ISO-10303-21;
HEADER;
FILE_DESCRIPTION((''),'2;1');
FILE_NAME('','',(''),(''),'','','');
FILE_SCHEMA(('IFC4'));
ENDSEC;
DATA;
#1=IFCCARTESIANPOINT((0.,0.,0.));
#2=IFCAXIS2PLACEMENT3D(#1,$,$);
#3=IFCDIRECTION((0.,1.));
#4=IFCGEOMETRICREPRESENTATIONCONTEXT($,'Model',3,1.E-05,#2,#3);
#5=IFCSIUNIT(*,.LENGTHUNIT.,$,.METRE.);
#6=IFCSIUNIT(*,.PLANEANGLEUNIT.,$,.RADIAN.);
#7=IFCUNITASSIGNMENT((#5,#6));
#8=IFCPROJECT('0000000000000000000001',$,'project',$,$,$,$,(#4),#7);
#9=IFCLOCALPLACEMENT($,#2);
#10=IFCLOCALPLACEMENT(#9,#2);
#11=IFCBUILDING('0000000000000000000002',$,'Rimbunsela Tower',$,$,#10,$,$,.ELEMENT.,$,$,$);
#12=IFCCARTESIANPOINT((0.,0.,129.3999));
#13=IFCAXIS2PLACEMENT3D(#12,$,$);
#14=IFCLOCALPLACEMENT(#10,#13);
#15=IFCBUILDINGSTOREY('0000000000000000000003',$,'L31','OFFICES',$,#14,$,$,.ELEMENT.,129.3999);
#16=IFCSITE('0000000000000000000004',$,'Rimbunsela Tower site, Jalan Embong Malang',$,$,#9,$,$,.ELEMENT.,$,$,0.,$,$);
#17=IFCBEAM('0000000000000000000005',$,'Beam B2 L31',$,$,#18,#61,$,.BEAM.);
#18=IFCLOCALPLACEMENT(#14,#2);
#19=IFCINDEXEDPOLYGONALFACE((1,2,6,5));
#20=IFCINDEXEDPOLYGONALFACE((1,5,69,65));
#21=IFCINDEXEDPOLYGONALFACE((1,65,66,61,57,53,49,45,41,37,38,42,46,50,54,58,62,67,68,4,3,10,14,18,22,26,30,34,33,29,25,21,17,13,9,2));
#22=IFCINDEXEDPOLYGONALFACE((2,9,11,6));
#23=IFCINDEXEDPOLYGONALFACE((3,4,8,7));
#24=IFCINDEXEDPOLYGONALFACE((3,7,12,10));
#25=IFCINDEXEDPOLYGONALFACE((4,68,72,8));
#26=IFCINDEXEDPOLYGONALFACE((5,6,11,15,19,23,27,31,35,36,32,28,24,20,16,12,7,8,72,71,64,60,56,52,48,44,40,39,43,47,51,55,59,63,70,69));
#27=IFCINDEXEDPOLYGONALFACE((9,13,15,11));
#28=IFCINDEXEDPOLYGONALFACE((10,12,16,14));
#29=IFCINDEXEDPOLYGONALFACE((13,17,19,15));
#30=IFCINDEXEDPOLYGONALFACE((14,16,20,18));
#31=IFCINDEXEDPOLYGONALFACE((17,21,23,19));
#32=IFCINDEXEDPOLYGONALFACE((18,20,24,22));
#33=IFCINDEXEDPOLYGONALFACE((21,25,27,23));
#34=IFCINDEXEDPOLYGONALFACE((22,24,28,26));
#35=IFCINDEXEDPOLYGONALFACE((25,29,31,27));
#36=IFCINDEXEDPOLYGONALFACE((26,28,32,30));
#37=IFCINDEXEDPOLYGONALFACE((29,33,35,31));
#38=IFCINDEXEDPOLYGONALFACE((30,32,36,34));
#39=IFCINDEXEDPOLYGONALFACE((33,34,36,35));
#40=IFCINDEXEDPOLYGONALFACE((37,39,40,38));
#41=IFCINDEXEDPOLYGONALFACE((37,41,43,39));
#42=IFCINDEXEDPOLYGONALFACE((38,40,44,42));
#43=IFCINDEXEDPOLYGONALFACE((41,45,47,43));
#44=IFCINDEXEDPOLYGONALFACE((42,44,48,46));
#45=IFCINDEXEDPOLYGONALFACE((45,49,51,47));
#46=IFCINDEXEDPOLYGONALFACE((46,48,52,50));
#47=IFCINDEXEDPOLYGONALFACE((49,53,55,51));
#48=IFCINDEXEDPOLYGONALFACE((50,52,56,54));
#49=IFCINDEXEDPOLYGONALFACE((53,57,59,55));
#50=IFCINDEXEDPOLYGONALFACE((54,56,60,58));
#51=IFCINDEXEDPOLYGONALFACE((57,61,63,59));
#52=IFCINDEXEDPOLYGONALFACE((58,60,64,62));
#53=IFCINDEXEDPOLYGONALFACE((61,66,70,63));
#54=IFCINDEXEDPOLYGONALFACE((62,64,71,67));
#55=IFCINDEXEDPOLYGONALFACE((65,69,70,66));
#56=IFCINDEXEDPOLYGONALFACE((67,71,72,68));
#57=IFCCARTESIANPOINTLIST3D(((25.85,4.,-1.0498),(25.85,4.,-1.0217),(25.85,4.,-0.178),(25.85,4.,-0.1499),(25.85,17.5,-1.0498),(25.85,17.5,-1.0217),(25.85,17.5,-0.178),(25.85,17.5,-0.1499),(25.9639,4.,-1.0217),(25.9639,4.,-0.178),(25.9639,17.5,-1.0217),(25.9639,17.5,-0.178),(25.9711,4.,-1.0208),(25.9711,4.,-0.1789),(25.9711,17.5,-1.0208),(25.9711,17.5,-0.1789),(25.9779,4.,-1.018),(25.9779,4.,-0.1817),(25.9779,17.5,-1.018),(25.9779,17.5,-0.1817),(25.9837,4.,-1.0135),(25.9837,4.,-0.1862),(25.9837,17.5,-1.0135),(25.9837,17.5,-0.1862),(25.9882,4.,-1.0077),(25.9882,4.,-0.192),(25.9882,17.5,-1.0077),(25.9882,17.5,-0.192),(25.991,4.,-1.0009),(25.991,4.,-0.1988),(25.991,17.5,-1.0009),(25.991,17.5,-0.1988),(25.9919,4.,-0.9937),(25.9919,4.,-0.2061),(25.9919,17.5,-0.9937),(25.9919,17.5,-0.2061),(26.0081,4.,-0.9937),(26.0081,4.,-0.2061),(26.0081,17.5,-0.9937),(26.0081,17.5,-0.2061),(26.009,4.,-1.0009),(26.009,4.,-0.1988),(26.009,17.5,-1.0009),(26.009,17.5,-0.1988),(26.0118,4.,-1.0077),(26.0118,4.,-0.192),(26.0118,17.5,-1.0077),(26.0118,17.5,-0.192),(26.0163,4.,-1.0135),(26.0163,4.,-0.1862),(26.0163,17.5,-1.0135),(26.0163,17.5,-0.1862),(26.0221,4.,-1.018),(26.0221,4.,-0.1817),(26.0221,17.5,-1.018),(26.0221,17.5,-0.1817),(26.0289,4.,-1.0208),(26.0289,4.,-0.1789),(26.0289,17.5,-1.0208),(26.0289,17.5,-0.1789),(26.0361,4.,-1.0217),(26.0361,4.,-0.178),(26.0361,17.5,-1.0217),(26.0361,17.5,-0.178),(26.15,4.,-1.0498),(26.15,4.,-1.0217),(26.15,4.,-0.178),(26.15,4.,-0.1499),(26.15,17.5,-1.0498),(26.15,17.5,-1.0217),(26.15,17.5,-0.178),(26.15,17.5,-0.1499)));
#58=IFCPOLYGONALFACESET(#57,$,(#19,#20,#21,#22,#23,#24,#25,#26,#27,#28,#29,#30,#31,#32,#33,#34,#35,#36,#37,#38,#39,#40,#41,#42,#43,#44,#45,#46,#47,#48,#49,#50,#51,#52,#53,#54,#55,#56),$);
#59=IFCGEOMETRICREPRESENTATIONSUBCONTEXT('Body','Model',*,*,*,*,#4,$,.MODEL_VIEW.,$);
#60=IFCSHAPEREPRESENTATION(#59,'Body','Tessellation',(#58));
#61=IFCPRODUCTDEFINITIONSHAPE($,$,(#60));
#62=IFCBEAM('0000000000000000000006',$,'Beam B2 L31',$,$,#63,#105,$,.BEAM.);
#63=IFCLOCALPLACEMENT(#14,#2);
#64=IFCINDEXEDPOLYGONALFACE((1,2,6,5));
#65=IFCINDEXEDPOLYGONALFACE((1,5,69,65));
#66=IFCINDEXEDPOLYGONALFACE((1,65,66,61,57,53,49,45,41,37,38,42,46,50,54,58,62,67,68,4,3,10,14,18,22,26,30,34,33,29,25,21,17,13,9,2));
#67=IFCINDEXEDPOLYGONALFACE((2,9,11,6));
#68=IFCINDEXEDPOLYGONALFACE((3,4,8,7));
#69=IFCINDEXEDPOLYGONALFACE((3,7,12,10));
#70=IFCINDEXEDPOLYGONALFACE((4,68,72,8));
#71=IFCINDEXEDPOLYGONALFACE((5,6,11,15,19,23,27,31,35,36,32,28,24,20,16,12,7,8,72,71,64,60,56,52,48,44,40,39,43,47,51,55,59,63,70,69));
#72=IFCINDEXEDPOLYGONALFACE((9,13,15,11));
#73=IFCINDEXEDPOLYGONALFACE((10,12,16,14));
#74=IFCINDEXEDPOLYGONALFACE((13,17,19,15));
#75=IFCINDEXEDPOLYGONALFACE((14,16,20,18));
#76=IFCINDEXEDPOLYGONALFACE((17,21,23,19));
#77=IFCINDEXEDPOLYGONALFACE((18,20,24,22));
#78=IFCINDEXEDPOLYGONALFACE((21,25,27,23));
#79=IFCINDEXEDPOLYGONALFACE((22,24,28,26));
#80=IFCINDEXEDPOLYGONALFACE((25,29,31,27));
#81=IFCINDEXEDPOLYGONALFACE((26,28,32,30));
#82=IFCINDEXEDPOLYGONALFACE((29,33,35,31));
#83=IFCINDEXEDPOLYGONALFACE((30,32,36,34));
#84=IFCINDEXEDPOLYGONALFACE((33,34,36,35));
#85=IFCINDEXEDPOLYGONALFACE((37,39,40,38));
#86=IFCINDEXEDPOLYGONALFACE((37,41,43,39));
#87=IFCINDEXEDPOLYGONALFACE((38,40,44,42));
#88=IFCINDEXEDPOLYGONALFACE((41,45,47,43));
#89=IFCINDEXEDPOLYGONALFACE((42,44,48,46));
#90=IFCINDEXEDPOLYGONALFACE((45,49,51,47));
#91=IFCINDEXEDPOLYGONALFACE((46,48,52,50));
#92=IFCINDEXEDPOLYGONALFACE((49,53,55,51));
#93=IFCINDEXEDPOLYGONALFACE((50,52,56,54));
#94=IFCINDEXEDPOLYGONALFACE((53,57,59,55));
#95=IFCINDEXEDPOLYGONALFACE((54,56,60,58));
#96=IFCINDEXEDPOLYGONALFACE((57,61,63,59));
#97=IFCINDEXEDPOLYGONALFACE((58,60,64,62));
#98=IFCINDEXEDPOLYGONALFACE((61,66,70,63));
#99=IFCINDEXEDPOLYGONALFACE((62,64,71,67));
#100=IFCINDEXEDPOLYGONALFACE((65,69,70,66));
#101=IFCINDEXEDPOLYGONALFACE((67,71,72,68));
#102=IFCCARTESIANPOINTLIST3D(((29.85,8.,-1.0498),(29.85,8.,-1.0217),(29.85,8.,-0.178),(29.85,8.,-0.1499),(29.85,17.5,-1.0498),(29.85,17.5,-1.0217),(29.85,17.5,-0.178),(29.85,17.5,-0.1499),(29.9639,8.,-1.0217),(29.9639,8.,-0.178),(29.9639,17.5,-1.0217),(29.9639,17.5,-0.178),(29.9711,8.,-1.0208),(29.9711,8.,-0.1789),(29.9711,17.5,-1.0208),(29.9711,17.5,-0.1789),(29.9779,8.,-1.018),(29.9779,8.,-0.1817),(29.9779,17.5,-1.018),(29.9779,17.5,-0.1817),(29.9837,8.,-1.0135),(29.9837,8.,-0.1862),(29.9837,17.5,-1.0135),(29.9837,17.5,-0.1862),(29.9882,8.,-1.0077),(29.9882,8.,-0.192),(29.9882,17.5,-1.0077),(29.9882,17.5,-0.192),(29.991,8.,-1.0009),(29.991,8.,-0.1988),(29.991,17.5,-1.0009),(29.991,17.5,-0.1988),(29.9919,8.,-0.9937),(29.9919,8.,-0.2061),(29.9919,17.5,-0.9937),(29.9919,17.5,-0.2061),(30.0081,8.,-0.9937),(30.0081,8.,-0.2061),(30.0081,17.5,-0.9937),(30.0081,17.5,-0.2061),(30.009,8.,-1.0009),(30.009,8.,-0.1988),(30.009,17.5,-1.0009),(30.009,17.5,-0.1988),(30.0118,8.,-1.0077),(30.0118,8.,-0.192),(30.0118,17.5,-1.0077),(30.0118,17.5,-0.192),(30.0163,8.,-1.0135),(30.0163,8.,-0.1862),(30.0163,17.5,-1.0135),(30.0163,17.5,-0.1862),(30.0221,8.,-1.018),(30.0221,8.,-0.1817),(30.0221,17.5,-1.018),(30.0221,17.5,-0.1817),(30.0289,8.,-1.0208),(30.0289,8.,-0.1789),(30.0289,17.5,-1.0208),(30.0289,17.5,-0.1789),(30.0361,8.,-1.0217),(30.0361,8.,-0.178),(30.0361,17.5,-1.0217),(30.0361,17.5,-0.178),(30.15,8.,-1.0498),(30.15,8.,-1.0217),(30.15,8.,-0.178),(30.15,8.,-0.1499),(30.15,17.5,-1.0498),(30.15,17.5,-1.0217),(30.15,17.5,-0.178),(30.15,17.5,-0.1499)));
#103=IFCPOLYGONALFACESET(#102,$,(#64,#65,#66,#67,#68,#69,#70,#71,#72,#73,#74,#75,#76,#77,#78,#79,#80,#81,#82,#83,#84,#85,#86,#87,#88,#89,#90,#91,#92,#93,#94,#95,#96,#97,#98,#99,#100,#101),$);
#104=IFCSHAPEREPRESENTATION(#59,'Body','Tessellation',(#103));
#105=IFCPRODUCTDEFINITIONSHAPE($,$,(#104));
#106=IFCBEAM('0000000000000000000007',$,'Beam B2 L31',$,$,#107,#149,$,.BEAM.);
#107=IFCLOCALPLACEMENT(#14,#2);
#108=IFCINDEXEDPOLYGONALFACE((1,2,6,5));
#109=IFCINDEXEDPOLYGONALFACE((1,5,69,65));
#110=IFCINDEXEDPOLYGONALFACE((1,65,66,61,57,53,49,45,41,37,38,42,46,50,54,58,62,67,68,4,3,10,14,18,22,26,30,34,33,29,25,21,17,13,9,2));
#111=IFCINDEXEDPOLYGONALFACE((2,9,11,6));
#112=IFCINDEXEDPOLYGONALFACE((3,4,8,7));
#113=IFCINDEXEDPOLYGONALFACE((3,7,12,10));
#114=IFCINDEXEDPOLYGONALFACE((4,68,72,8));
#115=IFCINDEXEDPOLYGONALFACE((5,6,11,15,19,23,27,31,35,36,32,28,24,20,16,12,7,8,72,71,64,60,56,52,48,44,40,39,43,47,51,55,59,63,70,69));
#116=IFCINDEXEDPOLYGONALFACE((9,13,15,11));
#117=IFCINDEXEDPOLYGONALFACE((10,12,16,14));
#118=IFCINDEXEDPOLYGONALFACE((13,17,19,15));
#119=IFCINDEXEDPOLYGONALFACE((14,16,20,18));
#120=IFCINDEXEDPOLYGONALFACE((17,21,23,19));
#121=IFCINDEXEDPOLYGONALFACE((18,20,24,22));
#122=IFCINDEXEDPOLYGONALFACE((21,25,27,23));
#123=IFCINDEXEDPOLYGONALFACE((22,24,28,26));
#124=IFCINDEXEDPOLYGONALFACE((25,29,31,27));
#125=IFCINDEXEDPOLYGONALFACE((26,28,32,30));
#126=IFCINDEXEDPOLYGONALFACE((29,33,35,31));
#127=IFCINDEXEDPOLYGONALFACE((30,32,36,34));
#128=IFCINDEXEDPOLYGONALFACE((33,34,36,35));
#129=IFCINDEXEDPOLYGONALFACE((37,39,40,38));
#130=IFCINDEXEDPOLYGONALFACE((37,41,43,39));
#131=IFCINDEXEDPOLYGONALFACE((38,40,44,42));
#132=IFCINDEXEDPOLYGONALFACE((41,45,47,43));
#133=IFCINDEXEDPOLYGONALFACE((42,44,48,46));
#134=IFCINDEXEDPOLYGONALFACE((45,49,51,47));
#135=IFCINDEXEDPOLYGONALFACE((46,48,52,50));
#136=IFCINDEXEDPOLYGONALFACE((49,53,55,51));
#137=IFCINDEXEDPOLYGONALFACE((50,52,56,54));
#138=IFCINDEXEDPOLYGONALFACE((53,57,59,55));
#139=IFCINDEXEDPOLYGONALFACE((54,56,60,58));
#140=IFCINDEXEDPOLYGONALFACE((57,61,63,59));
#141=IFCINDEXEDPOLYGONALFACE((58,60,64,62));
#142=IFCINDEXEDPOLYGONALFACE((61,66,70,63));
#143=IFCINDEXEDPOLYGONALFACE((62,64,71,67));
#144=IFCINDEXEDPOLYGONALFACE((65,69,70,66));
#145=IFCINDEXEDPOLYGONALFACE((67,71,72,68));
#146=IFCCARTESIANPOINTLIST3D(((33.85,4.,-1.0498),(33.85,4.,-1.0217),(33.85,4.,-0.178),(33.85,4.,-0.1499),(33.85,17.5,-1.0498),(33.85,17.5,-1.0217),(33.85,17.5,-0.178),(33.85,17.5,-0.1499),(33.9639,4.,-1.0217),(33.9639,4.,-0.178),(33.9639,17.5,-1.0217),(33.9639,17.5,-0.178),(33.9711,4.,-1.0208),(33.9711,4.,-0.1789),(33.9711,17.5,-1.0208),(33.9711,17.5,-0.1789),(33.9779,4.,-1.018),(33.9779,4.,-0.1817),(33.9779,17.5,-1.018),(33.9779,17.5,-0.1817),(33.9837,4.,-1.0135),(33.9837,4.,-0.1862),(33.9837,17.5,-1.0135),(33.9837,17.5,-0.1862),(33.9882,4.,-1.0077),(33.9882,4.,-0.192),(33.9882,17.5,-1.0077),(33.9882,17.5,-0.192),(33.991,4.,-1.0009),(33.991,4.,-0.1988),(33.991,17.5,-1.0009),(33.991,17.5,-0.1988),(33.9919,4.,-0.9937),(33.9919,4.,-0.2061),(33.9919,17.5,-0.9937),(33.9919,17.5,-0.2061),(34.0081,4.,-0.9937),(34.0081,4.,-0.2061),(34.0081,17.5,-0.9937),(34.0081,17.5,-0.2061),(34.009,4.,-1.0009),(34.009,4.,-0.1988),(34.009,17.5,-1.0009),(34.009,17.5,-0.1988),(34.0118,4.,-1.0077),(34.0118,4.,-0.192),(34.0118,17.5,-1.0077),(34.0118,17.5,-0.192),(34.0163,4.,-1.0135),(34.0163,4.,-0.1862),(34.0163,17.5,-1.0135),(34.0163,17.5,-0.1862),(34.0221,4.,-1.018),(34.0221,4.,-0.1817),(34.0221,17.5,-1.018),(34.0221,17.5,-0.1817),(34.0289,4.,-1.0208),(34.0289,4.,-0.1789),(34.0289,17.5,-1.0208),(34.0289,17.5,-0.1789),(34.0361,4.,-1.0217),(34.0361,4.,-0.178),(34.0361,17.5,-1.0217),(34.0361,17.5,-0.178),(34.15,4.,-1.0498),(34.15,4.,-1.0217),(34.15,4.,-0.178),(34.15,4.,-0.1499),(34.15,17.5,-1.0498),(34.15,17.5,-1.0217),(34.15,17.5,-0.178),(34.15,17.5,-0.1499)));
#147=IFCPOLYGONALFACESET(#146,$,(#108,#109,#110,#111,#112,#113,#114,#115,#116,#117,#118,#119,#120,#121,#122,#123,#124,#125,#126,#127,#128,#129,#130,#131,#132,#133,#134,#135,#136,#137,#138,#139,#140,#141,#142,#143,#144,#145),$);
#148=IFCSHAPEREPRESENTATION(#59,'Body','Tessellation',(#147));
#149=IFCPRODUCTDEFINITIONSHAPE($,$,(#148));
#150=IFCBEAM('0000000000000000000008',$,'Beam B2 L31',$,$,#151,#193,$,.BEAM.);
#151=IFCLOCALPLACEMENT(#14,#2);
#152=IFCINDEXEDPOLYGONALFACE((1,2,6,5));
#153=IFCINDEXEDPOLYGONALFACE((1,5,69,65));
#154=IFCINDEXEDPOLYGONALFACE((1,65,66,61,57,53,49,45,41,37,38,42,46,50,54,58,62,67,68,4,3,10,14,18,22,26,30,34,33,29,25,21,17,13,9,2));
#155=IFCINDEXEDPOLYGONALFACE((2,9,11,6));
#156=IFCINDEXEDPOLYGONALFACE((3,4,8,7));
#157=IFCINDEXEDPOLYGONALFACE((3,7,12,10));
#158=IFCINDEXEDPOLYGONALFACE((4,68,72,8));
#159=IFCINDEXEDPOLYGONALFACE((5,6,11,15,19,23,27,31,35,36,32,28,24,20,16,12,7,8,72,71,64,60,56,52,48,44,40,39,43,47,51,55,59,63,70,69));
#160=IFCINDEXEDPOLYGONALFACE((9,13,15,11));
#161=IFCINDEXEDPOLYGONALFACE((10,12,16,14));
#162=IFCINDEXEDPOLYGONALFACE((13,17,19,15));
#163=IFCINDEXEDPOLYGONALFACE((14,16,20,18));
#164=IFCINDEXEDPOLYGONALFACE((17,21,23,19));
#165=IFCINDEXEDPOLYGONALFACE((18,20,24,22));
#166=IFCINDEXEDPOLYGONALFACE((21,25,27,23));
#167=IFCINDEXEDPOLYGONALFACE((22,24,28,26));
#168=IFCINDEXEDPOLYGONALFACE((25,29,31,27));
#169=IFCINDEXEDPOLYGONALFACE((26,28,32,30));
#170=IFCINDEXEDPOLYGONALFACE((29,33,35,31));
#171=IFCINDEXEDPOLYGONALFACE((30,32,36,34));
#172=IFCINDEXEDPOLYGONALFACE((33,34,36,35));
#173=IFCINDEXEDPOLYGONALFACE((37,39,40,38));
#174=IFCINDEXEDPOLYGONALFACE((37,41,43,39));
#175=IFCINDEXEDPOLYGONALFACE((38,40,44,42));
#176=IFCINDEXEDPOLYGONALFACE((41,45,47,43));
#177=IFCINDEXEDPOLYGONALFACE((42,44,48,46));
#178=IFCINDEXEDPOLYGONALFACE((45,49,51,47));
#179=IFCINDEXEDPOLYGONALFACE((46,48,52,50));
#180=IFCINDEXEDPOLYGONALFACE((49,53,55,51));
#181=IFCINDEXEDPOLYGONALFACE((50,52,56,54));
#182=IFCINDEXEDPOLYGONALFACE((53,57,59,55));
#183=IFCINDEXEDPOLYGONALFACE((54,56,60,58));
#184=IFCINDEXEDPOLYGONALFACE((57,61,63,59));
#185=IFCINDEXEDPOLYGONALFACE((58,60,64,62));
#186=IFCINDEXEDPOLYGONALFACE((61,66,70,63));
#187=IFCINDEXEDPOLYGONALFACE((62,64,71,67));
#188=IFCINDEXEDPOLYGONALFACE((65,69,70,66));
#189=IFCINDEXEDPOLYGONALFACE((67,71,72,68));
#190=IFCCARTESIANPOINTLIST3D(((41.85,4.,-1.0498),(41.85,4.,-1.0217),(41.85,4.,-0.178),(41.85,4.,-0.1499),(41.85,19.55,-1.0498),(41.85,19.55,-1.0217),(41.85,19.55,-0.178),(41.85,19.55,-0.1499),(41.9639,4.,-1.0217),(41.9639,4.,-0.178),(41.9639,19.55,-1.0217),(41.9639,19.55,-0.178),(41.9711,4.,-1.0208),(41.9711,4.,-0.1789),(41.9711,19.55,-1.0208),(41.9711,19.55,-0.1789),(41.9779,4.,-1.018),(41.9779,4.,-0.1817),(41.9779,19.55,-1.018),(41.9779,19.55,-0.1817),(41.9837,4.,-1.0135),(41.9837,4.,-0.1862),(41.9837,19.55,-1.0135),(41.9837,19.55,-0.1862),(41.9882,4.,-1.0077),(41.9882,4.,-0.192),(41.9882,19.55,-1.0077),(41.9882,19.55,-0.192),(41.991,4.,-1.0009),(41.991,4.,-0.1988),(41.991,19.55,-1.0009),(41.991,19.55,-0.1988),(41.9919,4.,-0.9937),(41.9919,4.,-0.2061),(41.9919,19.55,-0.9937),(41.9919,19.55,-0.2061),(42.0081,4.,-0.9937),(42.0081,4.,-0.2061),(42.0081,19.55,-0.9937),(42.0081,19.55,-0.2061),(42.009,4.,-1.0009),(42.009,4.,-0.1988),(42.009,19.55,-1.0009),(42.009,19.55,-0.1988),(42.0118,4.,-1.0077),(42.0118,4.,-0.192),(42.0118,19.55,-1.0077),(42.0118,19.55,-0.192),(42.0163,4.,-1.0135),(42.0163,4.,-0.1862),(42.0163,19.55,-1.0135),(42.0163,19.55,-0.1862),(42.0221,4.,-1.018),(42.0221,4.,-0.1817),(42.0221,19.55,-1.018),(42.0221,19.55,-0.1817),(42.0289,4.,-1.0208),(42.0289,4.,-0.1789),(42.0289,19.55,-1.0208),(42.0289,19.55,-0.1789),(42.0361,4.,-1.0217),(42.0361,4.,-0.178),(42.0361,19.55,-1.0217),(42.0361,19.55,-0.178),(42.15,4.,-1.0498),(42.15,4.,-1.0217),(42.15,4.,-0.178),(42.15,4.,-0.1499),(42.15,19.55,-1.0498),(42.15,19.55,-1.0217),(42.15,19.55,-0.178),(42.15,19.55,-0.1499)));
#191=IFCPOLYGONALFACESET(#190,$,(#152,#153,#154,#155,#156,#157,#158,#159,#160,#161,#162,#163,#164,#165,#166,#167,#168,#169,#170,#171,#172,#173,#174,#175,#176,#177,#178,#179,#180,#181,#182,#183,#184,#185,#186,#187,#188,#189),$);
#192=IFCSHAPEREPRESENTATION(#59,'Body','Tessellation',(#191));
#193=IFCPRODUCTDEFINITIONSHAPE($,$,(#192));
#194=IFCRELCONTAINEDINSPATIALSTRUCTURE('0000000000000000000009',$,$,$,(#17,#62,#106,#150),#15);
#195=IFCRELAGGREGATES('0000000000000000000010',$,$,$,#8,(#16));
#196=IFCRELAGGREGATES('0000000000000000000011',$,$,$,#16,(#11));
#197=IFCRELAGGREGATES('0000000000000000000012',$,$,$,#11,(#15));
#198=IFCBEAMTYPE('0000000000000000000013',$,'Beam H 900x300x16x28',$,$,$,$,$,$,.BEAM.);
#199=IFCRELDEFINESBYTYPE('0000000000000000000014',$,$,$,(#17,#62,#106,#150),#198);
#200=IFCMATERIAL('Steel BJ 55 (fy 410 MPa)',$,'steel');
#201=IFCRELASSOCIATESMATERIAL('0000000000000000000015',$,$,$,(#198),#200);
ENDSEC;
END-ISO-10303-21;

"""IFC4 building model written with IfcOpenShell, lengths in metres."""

from ifc_helpers import new_model, si_unit, direction, frame, origin, origin_2d, place, context, subcontext, project, spatial, i_section, extrude, material, material_profile, profile_set, type_object, element, save


model = new_model("IFC4")

# Units and contexts
model_context = context("Model", 3, precision=1e-05, world=origin(), true_north=direction((0.0, 1.0)))
body_context = subcontext(model_context, "Body", "Model", "MODEL_VIEW")
ifc_project = project(units=[si_unit("LENGTHUNIT", "METRE"), si_unit("PLANEANGLEUNIT", "RADIAN")], contexts=[model_context])

# Site, building, storey
site_placement = place(None, origin())
site = spatial("IfcSite", under=ifc_project, at=site_placement, Name="Rimbunsela Tower site, Jalan Embong Malang", CompositionType="ELEMENT", RefElevation=0.0)
building_placement = place(site_placement, origin())
building = spatial("IfcBuilding", under=site, at=building_placement, Name="Rimbunsela Tower", CompositionType="ELEMENT")
storey_placement = place(building_placement, frame((0.0, 0.0, 129.3999)))
storey = spatial("IfcBuildingStorey", under=building, at=storey_placement, Name="L31", Description="OFFICES", CompositionType="ELEMENT", Elevation=129.3999)

# Beams
ifc_material_1 = material(Name="Steel BJ 55 (fy 410 MPa)", Category="steel")
ifc_material_profile_1 = material_profile(ifc_material_1, i_section(OverallWidth=0.3, OverallDepth=0.8999, WebThickness=0.0161, FlangeThickness=0.0281, FilletRadius=0.0281, at=origin_2d()), Name="H 900x300x16x28")
ifc_profile_set_1 = profile_set([ifc_material_profile_1], Name="Steel BJ 55 (fy 410 MPa)")
beam_type_1 = type_object("IfcBeamType", Name="Beam H 900x300x16x28", PredefinedType="BEAM", material=ifc_profile_set_1)
beam_1_placement = place(storey_placement, frame((26.0, 4.0, -0.5999), z_axis=(0.0, 1.0, 0.0), x_axis=(-1.0, 0.0, 0.0)))
element("IfcBeam", 1, at=beam_1_placement, inside=storey, type_object=beam_type_1, Name="Beam B2 L31", PredefinedType="BEAM", context=body_context, shape_type="SweptSolid", body=[
    extrude(i_section(OverallWidth=0.3, OverallDepth=0.8999, WebThickness=0.0161, FlangeThickness=0.0281, FilletRadius=0.0281, at=origin_2d()), origin(), (0.0, 0.0, 1.0), 13.5),
])
beam_2_placement = place(storey_placement, frame((30.0, 8.0, -0.5999), z_axis=(0.0, 1.0, 0.0), x_axis=(-1.0, 0.0, 0.0)))
element("IfcBeam", 2, at=beam_2_placement, inside=storey, type_object=beam_type_1, Name="Beam B2 L31", PredefinedType="BEAM", context=body_context, shape_type="SweptSolid", body=[
    extrude(i_section(OverallWidth=0.3, OverallDepth=0.8999, WebThickness=0.0161, FlangeThickness=0.0281, FilletRadius=0.0281, at=origin_2d()), origin(), (0.0, 0.0, 1.0), 9.5),
])
beam_3_placement = place(storey_placement, frame((34.0, 4.0, -0.5999), z_axis=(0.0, 1.0, 0.0), x_axis=(-1.0, 0.0, 0.0)))
element("IfcBeam", 3, at=beam_3_placement, inside=storey, type_object=beam_type_1, Name="Beam B2 L31", PredefinedType="BEAM", context=body_context, shape_type="SweptSolid", body=[
    extrude(i_section(OverallWidth=0.3, OverallDepth=0.8999, WebThickness=0.0161, FlangeThickness=0.0281, FilletRadius=0.0281, at=origin_2d()), origin(), (0.0, 0.0, 1.0), 13.5),
])
beam_4_placement = place(storey_placement, frame((42.0, 4.0, -0.5999), z_axis=(0.0, 1.0, 0.0), x_axis=(-1.0, 0.0, 0.0)))
element("IfcBeam", 4, at=beam_4_placement, inside=storey, type_object=beam_type_1, Name="Beam B2 L31", PredefinedType="BEAM", context=body_context, shape_type="SweptSolid", body=[
    extrude(i_section(OverallWidth=0.3, OverallDepth=0.8999, WebThickness=0.0161, FlangeThickness=0.0281, FilletRadius=0.0281, at=origin_2d()), origin(), (0.0, 0.0, 1.0), 15.55),
])

save(model, "model.ifc")
